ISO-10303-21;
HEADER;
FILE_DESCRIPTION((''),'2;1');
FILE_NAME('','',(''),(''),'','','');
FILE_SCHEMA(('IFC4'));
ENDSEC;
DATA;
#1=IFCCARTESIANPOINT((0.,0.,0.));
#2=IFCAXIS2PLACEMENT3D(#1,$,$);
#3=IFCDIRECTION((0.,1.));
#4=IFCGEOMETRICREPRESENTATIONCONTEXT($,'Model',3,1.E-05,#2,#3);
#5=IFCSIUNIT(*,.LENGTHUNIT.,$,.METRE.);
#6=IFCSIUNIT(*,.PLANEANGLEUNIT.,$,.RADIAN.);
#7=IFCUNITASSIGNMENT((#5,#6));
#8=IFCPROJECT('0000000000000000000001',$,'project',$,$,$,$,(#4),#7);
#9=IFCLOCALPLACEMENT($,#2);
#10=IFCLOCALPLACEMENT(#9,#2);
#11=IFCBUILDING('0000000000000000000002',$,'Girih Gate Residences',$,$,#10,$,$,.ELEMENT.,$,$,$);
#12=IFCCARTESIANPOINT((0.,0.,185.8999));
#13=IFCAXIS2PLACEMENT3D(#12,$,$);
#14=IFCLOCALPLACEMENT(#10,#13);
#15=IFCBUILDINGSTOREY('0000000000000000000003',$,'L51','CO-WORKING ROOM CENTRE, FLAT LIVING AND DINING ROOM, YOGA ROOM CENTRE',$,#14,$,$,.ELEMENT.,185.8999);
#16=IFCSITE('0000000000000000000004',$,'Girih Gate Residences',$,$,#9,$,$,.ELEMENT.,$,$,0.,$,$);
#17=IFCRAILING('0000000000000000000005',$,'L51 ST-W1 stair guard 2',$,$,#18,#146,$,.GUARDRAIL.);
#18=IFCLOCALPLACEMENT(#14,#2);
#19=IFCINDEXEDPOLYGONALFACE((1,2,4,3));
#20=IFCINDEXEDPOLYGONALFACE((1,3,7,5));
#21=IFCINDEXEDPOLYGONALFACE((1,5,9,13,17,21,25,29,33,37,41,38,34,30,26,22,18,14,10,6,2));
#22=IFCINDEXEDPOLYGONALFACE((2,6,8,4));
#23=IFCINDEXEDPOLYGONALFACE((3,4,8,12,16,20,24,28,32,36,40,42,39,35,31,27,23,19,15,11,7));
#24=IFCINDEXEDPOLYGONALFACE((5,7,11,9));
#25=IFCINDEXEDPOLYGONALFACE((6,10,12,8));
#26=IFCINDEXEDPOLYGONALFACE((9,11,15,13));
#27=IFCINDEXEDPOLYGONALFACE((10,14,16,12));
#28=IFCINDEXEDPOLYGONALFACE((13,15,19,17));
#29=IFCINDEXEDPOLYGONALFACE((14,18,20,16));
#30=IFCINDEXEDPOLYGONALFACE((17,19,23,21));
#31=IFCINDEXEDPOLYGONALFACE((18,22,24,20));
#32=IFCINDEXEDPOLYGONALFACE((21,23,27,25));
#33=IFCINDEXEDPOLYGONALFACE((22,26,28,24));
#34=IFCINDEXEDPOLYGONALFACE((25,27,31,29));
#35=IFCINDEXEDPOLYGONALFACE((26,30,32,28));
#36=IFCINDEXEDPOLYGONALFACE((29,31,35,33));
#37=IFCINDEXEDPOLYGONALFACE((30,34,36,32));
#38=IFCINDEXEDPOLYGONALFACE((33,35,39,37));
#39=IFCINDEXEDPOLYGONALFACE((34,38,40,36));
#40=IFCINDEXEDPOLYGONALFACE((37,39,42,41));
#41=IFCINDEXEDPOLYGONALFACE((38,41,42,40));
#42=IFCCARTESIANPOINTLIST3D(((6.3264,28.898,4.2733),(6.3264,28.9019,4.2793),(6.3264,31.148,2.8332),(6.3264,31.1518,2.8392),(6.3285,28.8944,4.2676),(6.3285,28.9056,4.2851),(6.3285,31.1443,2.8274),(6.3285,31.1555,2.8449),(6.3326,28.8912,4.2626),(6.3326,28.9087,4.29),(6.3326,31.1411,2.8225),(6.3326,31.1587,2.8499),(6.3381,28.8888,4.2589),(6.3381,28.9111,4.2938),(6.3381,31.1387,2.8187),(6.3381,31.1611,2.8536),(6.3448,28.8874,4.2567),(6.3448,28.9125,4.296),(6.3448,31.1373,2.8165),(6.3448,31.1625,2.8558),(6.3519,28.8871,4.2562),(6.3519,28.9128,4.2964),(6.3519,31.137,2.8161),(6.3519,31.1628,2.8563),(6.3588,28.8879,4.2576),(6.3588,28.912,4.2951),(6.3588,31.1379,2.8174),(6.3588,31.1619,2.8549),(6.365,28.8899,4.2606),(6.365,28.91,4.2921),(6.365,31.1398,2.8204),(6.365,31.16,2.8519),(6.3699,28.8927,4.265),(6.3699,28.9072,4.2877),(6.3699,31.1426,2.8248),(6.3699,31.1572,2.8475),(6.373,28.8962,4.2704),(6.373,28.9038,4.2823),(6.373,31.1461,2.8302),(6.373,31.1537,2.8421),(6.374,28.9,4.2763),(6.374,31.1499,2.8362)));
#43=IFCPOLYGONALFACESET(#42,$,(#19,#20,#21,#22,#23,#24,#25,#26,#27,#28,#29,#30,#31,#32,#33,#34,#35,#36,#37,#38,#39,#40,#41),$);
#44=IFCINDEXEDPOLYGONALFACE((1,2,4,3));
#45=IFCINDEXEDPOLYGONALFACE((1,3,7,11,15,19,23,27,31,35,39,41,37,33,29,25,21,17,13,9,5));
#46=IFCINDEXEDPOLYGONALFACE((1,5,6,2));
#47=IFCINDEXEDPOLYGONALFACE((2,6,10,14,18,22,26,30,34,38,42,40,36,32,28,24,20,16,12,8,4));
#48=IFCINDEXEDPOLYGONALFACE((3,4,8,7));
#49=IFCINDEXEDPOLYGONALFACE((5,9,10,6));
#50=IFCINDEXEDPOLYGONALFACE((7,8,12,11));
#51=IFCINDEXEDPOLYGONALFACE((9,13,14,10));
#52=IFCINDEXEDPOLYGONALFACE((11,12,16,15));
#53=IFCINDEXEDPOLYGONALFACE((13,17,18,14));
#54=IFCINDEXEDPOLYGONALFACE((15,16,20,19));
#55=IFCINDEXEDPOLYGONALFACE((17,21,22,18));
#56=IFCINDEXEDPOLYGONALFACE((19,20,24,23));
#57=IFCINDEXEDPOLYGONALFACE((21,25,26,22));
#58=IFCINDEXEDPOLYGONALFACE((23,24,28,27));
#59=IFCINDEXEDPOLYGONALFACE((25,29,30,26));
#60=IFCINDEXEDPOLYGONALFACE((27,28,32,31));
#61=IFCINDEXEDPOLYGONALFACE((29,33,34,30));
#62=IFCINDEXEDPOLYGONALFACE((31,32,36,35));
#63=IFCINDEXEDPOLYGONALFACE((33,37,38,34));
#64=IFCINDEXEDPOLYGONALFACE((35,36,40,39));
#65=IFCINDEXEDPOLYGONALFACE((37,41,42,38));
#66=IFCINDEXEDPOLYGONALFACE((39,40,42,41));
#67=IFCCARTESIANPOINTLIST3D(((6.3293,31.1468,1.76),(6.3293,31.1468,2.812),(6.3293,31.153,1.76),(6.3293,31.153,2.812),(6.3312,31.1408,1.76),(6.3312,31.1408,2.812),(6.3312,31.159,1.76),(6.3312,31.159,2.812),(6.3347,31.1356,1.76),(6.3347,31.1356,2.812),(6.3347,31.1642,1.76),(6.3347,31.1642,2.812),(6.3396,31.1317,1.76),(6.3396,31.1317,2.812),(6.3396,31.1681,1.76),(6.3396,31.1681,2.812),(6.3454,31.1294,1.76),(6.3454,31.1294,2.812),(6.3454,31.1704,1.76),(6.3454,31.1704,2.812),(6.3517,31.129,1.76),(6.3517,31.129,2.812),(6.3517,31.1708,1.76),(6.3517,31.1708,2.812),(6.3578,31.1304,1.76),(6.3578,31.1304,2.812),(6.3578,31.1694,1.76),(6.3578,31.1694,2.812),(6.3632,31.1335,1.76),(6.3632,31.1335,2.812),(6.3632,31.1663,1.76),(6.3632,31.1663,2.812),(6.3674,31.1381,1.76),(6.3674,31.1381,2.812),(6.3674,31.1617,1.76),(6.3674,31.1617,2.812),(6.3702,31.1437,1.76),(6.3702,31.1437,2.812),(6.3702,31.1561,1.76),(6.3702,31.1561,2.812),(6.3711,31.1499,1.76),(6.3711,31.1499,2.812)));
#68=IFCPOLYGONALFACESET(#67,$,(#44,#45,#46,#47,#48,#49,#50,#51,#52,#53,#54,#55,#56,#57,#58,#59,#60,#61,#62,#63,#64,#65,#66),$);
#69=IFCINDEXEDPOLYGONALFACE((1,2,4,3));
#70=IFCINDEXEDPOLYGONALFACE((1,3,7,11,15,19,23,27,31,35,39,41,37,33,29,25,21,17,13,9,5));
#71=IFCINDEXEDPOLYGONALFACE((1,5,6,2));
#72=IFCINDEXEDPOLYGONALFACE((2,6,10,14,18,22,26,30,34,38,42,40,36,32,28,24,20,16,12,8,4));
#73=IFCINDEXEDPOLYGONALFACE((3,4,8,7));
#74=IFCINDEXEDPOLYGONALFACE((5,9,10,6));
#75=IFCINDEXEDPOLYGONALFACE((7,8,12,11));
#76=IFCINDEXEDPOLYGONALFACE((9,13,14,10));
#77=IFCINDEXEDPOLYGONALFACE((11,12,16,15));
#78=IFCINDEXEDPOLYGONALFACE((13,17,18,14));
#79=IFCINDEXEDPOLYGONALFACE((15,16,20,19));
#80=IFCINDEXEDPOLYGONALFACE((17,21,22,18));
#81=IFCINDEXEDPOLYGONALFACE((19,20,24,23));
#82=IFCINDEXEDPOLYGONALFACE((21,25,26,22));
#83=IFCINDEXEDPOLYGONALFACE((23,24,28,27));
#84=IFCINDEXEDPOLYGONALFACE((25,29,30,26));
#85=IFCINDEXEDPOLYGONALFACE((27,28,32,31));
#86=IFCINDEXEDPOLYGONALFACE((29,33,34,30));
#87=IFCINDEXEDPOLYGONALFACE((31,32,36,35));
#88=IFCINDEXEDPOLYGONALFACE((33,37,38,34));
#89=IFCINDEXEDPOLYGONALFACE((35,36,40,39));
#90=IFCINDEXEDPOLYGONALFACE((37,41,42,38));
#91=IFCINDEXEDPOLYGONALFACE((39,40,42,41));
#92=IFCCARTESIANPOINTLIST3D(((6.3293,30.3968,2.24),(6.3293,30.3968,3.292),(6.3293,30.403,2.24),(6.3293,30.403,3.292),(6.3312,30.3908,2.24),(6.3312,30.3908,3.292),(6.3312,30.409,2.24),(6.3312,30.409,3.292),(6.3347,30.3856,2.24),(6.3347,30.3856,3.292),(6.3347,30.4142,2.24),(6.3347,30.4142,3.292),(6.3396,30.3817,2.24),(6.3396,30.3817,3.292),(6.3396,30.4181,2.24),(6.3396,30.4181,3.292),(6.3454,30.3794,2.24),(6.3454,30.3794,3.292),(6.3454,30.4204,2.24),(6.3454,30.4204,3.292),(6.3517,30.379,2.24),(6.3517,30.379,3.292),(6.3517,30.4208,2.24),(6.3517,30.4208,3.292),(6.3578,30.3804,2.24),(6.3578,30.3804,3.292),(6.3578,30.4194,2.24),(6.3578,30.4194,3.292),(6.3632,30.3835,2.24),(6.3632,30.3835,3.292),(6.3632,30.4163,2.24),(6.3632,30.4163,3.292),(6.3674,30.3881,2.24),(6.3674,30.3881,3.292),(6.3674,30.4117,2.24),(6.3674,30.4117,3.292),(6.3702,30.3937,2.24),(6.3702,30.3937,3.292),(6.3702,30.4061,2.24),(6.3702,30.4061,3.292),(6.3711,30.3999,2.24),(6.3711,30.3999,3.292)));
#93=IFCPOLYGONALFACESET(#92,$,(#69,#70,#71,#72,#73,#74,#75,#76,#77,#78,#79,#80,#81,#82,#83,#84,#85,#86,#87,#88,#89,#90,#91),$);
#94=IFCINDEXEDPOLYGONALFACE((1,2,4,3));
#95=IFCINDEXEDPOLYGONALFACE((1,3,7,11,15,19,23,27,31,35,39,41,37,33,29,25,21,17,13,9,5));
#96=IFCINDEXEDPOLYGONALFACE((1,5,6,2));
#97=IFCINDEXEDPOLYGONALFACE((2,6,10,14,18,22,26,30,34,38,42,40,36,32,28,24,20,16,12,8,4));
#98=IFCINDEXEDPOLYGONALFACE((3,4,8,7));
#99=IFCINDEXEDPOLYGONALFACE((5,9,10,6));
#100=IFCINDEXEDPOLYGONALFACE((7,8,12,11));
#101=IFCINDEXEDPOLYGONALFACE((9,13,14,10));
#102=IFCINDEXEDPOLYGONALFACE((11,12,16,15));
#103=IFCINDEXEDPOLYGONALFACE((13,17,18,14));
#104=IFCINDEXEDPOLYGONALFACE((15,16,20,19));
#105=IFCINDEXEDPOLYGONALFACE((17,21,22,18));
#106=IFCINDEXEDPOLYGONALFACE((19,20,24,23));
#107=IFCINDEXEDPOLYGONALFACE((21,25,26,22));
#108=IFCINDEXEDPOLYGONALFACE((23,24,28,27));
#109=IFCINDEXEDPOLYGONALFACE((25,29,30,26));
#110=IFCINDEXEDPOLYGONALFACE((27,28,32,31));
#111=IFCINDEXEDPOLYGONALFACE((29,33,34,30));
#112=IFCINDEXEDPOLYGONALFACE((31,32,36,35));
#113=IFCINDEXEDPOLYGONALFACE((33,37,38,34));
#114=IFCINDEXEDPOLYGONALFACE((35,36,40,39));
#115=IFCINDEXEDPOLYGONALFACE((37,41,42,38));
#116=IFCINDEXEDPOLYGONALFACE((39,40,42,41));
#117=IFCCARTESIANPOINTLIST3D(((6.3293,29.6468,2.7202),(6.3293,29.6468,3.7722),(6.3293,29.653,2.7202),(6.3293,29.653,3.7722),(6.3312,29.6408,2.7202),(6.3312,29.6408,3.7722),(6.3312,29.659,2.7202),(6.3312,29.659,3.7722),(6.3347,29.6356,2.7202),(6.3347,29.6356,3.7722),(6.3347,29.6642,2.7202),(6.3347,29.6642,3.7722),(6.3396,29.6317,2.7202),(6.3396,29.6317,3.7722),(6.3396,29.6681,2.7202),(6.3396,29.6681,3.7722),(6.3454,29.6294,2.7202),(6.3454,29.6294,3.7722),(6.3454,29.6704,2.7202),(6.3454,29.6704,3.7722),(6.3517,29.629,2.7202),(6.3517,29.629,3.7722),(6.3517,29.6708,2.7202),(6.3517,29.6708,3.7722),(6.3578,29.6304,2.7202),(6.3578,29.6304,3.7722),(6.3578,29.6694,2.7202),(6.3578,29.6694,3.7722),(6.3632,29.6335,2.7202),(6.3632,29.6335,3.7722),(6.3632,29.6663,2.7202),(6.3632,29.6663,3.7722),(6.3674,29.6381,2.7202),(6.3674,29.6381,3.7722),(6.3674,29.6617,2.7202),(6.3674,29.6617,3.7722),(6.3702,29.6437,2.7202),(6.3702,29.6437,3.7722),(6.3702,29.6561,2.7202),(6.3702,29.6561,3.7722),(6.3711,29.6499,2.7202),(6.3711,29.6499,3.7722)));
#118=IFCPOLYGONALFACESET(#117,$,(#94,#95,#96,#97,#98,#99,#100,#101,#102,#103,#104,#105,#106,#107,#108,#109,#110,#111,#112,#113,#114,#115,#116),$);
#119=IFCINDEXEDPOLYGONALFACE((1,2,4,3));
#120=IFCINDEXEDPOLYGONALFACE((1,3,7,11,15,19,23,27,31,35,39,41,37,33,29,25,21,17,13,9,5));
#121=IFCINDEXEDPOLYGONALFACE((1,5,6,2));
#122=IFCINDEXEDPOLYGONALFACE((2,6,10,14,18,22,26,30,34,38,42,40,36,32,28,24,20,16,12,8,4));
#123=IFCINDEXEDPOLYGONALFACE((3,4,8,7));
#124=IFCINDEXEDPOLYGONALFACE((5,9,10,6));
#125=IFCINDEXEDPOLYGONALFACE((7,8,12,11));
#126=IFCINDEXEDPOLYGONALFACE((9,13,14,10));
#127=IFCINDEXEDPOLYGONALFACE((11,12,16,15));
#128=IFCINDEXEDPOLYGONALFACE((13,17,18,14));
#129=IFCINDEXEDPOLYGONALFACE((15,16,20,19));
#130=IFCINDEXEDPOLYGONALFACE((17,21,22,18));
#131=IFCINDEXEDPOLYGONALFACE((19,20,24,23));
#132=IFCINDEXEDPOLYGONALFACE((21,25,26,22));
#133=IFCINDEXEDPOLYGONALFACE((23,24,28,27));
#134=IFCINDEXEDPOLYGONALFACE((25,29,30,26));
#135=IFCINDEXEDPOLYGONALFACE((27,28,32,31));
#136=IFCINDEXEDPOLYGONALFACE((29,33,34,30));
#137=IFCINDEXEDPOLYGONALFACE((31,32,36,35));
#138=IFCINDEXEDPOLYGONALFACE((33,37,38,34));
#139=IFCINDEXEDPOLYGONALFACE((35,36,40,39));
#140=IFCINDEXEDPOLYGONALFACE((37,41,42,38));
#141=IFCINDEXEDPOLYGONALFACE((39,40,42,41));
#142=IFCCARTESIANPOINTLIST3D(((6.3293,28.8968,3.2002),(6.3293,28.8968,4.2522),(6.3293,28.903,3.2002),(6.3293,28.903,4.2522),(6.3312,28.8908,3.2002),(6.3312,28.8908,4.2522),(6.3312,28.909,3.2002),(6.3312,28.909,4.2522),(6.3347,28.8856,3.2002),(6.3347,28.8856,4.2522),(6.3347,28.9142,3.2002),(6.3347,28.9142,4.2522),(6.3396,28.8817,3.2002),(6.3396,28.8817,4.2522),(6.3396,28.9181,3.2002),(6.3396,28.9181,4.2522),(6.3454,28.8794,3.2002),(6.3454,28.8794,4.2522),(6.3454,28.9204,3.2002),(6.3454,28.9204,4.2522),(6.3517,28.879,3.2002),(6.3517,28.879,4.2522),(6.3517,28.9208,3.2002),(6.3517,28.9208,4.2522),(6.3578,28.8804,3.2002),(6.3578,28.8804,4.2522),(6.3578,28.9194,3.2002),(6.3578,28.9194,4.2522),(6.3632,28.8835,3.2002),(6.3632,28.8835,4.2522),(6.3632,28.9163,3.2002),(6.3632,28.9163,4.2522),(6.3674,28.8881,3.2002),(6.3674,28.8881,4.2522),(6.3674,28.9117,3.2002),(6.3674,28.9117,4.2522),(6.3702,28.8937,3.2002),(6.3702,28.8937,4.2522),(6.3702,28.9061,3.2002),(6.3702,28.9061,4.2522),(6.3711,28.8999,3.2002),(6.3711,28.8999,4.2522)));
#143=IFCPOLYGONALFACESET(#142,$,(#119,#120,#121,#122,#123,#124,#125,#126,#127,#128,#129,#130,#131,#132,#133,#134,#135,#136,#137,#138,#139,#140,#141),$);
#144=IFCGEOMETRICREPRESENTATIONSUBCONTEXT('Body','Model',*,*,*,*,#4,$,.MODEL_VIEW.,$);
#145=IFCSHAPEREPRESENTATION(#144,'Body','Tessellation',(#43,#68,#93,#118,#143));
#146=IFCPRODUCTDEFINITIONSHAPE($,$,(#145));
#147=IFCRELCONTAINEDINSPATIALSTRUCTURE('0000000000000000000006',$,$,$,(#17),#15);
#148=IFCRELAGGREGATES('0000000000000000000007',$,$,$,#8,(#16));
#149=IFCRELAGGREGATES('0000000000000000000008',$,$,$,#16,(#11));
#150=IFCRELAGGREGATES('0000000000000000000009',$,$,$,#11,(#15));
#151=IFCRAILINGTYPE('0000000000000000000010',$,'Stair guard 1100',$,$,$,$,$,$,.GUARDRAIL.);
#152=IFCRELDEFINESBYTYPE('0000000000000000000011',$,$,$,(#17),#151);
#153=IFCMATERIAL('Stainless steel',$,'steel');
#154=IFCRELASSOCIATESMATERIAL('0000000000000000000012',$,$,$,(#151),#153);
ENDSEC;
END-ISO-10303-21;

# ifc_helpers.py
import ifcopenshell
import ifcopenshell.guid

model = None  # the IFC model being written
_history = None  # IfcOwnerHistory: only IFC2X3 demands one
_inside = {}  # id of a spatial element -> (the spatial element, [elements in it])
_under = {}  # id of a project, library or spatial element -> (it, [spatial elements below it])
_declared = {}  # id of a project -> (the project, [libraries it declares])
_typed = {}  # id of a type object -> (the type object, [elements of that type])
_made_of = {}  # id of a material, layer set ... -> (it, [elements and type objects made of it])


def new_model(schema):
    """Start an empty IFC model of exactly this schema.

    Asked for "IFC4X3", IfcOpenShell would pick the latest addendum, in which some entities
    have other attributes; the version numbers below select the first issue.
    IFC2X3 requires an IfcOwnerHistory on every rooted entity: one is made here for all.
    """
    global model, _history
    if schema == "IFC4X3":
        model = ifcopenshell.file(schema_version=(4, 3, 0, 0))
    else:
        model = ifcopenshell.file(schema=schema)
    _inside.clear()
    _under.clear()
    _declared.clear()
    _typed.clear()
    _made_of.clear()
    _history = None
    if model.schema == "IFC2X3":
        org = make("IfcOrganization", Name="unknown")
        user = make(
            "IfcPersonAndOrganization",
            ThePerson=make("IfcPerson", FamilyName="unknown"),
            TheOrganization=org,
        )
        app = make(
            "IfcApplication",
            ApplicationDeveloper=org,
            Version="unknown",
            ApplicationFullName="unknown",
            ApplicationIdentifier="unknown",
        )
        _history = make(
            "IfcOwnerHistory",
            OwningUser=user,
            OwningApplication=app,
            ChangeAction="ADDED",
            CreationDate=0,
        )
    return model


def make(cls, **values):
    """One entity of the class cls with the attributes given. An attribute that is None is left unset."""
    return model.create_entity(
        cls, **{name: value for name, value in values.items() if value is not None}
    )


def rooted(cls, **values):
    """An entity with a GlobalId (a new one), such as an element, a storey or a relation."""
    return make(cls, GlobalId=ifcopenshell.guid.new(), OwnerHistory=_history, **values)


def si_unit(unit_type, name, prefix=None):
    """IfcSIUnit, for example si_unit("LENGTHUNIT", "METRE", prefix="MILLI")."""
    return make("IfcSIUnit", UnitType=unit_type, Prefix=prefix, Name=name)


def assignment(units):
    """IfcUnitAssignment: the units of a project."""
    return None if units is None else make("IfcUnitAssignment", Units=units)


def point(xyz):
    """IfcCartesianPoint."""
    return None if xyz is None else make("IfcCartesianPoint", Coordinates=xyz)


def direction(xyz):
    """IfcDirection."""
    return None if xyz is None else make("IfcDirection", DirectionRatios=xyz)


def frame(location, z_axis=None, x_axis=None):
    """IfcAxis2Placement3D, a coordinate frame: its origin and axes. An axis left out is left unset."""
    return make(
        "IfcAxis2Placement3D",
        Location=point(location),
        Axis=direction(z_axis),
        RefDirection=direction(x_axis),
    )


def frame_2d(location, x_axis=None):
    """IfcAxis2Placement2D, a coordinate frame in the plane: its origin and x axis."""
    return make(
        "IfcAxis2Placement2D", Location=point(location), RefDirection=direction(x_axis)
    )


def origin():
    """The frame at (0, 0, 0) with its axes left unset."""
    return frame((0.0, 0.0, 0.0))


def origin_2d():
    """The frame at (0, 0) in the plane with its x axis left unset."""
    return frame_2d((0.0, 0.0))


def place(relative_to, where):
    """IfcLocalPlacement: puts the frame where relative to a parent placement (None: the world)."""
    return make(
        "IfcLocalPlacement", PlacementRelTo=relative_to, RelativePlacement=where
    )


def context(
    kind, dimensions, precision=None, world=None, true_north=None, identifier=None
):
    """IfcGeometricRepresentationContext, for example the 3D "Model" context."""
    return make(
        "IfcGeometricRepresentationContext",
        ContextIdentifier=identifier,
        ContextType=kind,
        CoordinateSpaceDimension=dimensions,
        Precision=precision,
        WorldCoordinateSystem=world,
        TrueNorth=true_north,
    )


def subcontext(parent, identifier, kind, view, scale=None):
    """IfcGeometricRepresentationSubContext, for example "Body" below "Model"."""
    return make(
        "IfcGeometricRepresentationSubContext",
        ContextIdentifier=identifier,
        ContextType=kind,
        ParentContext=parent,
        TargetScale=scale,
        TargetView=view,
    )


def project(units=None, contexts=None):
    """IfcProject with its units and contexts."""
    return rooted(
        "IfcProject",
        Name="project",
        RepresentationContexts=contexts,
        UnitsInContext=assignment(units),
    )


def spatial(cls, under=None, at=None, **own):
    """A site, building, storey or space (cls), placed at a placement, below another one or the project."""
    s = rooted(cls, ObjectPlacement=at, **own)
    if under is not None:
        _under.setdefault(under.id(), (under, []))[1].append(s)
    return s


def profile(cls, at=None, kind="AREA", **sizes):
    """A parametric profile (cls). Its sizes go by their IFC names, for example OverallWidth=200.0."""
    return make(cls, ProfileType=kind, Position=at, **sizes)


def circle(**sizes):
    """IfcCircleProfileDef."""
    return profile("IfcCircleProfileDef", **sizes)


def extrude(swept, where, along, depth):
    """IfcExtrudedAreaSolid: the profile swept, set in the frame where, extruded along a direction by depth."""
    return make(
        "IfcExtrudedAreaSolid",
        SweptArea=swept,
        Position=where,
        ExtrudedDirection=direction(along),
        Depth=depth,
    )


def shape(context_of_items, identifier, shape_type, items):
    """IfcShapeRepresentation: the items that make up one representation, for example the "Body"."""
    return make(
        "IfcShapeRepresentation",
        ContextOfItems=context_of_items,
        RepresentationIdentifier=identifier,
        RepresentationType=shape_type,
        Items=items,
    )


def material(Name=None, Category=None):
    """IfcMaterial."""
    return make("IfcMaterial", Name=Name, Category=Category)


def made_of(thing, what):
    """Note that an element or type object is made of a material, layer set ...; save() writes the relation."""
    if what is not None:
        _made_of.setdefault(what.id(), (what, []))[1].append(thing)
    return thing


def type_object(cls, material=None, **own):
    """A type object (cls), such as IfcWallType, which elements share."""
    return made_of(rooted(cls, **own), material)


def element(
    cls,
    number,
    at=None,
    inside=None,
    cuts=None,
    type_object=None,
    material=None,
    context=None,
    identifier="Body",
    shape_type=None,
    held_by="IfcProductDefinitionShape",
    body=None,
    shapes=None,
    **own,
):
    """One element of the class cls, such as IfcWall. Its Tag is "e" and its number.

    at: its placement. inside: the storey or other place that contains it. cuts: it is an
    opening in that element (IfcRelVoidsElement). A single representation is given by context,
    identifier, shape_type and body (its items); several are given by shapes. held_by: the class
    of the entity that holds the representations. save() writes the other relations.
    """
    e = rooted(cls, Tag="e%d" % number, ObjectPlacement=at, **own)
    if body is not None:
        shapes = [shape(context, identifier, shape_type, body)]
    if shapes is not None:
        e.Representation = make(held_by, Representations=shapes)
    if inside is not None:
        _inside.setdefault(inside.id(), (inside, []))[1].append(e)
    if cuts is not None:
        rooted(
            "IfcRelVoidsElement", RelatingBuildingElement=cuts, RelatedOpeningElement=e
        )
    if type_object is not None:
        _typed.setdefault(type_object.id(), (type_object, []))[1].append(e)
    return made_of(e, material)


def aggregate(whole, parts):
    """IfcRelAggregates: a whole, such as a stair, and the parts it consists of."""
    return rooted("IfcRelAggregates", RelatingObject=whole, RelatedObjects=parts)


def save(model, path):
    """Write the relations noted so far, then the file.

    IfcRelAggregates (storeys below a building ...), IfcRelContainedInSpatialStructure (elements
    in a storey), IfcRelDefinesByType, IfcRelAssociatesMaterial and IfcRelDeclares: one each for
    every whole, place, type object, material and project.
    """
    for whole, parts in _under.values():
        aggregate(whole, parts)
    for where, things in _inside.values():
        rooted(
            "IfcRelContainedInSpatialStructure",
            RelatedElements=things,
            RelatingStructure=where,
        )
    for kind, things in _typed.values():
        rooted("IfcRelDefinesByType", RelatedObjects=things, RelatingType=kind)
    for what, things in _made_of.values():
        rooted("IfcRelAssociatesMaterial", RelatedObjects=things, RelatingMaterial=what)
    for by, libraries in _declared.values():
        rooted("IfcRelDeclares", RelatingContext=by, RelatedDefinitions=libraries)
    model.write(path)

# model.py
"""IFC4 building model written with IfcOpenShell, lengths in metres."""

from ifc_helpers import new_model, si_unit, direction, frame, origin, origin_2d, place, context, subcontext, project, spatial, circle, extrude, material, type_object, element, save


model = new_model("IFC4")

# Units and contexts
model_context = context("Model", 3, precision=1e-05, world=origin(), true_north=direction((0.0, 1.0)))
body_context = subcontext(model_context, "Body", "Model", "MODEL_VIEW")
ifc_project = project(units=[si_unit("LENGTHUNIT", "METRE"), si_unit("PLANEANGLEUNIT", "RADIAN")], contexts=[model_context])

# Site, building, storey
site_placement = place(None, origin())
site = spatial("IfcSite", under=ifc_project, at=site_placement, Name="Girih Gate Residences", CompositionType="ELEMENT", RefElevation=0.0)
building_placement = place(site_placement, origin())
building = spatial("IfcBuilding", under=site, at=building_placement, Name="Girih Gate Residences", CompositionType="ELEMENT")
storey_placement = place(building_placement, frame((0.0, 0.0, 185.8999)))
storey = spatial("IfcBuildingStorey", under=building, at=storey_placement, Name="L51", Description="CO-WORKING ROOM CENTRE, FLAT LIVING AND DINING ROOM, YOGA ROOM CENTRE", CompositionType="ELEMENT", Elevation=185.8999)

# Railing
ifc_material_1 = material(Name="Stainless steel", Category="steel")
railing_type_1 = type_object("IfcRailingType", Name="Stair guard 1100", PredefinedType="GUARDRAIL", material=ifc_material_1)
railing_1_placement = place(storey_placement, frame((6.3501, 31.1499, 1.76)))
element("IfcRailing", 1, at=railing_1_placement, inside=storey, type_object=railing_type_1, Name="L51 ST-W1 stair guard 2", PredefinedType="GUARDRAIL", context=body_context, shape_type="SweptSolid", body=[
    extrude(circle(Radius=0.0239, at=origin_2d()), frame((0.0, 0.0, 1.0762), z_axis=(0.0, -0.84224, 0.539103), x_axis=(1.0, 0.0, 0.0)), (0.0, 0.0, 1.0), 2.6714),
    extrude(circle(Radius=0.021, at=origin_2d()), origin(), (0.0, 0.0, 1.0), 1.052),
    extrude(circle(Radius=0.021, at=origin_2d()), frame((0.0, -0.75, 0.48)), (0.0, 0.0, 1.0), 1.052),
    extrude(circle(Radius=0.021, at=origin_2d()), frame((0.0, -1.5, 0.9602)), (0.0, 0.0, 1.0), 1.052),
    extrude(circle(Radius=0.021, at=origin_2d()), frame((0.0, -2.25, 1.4402)), (0.0, 0.0, 1.0), 1.052),
])

save(model, "model.ifc")
